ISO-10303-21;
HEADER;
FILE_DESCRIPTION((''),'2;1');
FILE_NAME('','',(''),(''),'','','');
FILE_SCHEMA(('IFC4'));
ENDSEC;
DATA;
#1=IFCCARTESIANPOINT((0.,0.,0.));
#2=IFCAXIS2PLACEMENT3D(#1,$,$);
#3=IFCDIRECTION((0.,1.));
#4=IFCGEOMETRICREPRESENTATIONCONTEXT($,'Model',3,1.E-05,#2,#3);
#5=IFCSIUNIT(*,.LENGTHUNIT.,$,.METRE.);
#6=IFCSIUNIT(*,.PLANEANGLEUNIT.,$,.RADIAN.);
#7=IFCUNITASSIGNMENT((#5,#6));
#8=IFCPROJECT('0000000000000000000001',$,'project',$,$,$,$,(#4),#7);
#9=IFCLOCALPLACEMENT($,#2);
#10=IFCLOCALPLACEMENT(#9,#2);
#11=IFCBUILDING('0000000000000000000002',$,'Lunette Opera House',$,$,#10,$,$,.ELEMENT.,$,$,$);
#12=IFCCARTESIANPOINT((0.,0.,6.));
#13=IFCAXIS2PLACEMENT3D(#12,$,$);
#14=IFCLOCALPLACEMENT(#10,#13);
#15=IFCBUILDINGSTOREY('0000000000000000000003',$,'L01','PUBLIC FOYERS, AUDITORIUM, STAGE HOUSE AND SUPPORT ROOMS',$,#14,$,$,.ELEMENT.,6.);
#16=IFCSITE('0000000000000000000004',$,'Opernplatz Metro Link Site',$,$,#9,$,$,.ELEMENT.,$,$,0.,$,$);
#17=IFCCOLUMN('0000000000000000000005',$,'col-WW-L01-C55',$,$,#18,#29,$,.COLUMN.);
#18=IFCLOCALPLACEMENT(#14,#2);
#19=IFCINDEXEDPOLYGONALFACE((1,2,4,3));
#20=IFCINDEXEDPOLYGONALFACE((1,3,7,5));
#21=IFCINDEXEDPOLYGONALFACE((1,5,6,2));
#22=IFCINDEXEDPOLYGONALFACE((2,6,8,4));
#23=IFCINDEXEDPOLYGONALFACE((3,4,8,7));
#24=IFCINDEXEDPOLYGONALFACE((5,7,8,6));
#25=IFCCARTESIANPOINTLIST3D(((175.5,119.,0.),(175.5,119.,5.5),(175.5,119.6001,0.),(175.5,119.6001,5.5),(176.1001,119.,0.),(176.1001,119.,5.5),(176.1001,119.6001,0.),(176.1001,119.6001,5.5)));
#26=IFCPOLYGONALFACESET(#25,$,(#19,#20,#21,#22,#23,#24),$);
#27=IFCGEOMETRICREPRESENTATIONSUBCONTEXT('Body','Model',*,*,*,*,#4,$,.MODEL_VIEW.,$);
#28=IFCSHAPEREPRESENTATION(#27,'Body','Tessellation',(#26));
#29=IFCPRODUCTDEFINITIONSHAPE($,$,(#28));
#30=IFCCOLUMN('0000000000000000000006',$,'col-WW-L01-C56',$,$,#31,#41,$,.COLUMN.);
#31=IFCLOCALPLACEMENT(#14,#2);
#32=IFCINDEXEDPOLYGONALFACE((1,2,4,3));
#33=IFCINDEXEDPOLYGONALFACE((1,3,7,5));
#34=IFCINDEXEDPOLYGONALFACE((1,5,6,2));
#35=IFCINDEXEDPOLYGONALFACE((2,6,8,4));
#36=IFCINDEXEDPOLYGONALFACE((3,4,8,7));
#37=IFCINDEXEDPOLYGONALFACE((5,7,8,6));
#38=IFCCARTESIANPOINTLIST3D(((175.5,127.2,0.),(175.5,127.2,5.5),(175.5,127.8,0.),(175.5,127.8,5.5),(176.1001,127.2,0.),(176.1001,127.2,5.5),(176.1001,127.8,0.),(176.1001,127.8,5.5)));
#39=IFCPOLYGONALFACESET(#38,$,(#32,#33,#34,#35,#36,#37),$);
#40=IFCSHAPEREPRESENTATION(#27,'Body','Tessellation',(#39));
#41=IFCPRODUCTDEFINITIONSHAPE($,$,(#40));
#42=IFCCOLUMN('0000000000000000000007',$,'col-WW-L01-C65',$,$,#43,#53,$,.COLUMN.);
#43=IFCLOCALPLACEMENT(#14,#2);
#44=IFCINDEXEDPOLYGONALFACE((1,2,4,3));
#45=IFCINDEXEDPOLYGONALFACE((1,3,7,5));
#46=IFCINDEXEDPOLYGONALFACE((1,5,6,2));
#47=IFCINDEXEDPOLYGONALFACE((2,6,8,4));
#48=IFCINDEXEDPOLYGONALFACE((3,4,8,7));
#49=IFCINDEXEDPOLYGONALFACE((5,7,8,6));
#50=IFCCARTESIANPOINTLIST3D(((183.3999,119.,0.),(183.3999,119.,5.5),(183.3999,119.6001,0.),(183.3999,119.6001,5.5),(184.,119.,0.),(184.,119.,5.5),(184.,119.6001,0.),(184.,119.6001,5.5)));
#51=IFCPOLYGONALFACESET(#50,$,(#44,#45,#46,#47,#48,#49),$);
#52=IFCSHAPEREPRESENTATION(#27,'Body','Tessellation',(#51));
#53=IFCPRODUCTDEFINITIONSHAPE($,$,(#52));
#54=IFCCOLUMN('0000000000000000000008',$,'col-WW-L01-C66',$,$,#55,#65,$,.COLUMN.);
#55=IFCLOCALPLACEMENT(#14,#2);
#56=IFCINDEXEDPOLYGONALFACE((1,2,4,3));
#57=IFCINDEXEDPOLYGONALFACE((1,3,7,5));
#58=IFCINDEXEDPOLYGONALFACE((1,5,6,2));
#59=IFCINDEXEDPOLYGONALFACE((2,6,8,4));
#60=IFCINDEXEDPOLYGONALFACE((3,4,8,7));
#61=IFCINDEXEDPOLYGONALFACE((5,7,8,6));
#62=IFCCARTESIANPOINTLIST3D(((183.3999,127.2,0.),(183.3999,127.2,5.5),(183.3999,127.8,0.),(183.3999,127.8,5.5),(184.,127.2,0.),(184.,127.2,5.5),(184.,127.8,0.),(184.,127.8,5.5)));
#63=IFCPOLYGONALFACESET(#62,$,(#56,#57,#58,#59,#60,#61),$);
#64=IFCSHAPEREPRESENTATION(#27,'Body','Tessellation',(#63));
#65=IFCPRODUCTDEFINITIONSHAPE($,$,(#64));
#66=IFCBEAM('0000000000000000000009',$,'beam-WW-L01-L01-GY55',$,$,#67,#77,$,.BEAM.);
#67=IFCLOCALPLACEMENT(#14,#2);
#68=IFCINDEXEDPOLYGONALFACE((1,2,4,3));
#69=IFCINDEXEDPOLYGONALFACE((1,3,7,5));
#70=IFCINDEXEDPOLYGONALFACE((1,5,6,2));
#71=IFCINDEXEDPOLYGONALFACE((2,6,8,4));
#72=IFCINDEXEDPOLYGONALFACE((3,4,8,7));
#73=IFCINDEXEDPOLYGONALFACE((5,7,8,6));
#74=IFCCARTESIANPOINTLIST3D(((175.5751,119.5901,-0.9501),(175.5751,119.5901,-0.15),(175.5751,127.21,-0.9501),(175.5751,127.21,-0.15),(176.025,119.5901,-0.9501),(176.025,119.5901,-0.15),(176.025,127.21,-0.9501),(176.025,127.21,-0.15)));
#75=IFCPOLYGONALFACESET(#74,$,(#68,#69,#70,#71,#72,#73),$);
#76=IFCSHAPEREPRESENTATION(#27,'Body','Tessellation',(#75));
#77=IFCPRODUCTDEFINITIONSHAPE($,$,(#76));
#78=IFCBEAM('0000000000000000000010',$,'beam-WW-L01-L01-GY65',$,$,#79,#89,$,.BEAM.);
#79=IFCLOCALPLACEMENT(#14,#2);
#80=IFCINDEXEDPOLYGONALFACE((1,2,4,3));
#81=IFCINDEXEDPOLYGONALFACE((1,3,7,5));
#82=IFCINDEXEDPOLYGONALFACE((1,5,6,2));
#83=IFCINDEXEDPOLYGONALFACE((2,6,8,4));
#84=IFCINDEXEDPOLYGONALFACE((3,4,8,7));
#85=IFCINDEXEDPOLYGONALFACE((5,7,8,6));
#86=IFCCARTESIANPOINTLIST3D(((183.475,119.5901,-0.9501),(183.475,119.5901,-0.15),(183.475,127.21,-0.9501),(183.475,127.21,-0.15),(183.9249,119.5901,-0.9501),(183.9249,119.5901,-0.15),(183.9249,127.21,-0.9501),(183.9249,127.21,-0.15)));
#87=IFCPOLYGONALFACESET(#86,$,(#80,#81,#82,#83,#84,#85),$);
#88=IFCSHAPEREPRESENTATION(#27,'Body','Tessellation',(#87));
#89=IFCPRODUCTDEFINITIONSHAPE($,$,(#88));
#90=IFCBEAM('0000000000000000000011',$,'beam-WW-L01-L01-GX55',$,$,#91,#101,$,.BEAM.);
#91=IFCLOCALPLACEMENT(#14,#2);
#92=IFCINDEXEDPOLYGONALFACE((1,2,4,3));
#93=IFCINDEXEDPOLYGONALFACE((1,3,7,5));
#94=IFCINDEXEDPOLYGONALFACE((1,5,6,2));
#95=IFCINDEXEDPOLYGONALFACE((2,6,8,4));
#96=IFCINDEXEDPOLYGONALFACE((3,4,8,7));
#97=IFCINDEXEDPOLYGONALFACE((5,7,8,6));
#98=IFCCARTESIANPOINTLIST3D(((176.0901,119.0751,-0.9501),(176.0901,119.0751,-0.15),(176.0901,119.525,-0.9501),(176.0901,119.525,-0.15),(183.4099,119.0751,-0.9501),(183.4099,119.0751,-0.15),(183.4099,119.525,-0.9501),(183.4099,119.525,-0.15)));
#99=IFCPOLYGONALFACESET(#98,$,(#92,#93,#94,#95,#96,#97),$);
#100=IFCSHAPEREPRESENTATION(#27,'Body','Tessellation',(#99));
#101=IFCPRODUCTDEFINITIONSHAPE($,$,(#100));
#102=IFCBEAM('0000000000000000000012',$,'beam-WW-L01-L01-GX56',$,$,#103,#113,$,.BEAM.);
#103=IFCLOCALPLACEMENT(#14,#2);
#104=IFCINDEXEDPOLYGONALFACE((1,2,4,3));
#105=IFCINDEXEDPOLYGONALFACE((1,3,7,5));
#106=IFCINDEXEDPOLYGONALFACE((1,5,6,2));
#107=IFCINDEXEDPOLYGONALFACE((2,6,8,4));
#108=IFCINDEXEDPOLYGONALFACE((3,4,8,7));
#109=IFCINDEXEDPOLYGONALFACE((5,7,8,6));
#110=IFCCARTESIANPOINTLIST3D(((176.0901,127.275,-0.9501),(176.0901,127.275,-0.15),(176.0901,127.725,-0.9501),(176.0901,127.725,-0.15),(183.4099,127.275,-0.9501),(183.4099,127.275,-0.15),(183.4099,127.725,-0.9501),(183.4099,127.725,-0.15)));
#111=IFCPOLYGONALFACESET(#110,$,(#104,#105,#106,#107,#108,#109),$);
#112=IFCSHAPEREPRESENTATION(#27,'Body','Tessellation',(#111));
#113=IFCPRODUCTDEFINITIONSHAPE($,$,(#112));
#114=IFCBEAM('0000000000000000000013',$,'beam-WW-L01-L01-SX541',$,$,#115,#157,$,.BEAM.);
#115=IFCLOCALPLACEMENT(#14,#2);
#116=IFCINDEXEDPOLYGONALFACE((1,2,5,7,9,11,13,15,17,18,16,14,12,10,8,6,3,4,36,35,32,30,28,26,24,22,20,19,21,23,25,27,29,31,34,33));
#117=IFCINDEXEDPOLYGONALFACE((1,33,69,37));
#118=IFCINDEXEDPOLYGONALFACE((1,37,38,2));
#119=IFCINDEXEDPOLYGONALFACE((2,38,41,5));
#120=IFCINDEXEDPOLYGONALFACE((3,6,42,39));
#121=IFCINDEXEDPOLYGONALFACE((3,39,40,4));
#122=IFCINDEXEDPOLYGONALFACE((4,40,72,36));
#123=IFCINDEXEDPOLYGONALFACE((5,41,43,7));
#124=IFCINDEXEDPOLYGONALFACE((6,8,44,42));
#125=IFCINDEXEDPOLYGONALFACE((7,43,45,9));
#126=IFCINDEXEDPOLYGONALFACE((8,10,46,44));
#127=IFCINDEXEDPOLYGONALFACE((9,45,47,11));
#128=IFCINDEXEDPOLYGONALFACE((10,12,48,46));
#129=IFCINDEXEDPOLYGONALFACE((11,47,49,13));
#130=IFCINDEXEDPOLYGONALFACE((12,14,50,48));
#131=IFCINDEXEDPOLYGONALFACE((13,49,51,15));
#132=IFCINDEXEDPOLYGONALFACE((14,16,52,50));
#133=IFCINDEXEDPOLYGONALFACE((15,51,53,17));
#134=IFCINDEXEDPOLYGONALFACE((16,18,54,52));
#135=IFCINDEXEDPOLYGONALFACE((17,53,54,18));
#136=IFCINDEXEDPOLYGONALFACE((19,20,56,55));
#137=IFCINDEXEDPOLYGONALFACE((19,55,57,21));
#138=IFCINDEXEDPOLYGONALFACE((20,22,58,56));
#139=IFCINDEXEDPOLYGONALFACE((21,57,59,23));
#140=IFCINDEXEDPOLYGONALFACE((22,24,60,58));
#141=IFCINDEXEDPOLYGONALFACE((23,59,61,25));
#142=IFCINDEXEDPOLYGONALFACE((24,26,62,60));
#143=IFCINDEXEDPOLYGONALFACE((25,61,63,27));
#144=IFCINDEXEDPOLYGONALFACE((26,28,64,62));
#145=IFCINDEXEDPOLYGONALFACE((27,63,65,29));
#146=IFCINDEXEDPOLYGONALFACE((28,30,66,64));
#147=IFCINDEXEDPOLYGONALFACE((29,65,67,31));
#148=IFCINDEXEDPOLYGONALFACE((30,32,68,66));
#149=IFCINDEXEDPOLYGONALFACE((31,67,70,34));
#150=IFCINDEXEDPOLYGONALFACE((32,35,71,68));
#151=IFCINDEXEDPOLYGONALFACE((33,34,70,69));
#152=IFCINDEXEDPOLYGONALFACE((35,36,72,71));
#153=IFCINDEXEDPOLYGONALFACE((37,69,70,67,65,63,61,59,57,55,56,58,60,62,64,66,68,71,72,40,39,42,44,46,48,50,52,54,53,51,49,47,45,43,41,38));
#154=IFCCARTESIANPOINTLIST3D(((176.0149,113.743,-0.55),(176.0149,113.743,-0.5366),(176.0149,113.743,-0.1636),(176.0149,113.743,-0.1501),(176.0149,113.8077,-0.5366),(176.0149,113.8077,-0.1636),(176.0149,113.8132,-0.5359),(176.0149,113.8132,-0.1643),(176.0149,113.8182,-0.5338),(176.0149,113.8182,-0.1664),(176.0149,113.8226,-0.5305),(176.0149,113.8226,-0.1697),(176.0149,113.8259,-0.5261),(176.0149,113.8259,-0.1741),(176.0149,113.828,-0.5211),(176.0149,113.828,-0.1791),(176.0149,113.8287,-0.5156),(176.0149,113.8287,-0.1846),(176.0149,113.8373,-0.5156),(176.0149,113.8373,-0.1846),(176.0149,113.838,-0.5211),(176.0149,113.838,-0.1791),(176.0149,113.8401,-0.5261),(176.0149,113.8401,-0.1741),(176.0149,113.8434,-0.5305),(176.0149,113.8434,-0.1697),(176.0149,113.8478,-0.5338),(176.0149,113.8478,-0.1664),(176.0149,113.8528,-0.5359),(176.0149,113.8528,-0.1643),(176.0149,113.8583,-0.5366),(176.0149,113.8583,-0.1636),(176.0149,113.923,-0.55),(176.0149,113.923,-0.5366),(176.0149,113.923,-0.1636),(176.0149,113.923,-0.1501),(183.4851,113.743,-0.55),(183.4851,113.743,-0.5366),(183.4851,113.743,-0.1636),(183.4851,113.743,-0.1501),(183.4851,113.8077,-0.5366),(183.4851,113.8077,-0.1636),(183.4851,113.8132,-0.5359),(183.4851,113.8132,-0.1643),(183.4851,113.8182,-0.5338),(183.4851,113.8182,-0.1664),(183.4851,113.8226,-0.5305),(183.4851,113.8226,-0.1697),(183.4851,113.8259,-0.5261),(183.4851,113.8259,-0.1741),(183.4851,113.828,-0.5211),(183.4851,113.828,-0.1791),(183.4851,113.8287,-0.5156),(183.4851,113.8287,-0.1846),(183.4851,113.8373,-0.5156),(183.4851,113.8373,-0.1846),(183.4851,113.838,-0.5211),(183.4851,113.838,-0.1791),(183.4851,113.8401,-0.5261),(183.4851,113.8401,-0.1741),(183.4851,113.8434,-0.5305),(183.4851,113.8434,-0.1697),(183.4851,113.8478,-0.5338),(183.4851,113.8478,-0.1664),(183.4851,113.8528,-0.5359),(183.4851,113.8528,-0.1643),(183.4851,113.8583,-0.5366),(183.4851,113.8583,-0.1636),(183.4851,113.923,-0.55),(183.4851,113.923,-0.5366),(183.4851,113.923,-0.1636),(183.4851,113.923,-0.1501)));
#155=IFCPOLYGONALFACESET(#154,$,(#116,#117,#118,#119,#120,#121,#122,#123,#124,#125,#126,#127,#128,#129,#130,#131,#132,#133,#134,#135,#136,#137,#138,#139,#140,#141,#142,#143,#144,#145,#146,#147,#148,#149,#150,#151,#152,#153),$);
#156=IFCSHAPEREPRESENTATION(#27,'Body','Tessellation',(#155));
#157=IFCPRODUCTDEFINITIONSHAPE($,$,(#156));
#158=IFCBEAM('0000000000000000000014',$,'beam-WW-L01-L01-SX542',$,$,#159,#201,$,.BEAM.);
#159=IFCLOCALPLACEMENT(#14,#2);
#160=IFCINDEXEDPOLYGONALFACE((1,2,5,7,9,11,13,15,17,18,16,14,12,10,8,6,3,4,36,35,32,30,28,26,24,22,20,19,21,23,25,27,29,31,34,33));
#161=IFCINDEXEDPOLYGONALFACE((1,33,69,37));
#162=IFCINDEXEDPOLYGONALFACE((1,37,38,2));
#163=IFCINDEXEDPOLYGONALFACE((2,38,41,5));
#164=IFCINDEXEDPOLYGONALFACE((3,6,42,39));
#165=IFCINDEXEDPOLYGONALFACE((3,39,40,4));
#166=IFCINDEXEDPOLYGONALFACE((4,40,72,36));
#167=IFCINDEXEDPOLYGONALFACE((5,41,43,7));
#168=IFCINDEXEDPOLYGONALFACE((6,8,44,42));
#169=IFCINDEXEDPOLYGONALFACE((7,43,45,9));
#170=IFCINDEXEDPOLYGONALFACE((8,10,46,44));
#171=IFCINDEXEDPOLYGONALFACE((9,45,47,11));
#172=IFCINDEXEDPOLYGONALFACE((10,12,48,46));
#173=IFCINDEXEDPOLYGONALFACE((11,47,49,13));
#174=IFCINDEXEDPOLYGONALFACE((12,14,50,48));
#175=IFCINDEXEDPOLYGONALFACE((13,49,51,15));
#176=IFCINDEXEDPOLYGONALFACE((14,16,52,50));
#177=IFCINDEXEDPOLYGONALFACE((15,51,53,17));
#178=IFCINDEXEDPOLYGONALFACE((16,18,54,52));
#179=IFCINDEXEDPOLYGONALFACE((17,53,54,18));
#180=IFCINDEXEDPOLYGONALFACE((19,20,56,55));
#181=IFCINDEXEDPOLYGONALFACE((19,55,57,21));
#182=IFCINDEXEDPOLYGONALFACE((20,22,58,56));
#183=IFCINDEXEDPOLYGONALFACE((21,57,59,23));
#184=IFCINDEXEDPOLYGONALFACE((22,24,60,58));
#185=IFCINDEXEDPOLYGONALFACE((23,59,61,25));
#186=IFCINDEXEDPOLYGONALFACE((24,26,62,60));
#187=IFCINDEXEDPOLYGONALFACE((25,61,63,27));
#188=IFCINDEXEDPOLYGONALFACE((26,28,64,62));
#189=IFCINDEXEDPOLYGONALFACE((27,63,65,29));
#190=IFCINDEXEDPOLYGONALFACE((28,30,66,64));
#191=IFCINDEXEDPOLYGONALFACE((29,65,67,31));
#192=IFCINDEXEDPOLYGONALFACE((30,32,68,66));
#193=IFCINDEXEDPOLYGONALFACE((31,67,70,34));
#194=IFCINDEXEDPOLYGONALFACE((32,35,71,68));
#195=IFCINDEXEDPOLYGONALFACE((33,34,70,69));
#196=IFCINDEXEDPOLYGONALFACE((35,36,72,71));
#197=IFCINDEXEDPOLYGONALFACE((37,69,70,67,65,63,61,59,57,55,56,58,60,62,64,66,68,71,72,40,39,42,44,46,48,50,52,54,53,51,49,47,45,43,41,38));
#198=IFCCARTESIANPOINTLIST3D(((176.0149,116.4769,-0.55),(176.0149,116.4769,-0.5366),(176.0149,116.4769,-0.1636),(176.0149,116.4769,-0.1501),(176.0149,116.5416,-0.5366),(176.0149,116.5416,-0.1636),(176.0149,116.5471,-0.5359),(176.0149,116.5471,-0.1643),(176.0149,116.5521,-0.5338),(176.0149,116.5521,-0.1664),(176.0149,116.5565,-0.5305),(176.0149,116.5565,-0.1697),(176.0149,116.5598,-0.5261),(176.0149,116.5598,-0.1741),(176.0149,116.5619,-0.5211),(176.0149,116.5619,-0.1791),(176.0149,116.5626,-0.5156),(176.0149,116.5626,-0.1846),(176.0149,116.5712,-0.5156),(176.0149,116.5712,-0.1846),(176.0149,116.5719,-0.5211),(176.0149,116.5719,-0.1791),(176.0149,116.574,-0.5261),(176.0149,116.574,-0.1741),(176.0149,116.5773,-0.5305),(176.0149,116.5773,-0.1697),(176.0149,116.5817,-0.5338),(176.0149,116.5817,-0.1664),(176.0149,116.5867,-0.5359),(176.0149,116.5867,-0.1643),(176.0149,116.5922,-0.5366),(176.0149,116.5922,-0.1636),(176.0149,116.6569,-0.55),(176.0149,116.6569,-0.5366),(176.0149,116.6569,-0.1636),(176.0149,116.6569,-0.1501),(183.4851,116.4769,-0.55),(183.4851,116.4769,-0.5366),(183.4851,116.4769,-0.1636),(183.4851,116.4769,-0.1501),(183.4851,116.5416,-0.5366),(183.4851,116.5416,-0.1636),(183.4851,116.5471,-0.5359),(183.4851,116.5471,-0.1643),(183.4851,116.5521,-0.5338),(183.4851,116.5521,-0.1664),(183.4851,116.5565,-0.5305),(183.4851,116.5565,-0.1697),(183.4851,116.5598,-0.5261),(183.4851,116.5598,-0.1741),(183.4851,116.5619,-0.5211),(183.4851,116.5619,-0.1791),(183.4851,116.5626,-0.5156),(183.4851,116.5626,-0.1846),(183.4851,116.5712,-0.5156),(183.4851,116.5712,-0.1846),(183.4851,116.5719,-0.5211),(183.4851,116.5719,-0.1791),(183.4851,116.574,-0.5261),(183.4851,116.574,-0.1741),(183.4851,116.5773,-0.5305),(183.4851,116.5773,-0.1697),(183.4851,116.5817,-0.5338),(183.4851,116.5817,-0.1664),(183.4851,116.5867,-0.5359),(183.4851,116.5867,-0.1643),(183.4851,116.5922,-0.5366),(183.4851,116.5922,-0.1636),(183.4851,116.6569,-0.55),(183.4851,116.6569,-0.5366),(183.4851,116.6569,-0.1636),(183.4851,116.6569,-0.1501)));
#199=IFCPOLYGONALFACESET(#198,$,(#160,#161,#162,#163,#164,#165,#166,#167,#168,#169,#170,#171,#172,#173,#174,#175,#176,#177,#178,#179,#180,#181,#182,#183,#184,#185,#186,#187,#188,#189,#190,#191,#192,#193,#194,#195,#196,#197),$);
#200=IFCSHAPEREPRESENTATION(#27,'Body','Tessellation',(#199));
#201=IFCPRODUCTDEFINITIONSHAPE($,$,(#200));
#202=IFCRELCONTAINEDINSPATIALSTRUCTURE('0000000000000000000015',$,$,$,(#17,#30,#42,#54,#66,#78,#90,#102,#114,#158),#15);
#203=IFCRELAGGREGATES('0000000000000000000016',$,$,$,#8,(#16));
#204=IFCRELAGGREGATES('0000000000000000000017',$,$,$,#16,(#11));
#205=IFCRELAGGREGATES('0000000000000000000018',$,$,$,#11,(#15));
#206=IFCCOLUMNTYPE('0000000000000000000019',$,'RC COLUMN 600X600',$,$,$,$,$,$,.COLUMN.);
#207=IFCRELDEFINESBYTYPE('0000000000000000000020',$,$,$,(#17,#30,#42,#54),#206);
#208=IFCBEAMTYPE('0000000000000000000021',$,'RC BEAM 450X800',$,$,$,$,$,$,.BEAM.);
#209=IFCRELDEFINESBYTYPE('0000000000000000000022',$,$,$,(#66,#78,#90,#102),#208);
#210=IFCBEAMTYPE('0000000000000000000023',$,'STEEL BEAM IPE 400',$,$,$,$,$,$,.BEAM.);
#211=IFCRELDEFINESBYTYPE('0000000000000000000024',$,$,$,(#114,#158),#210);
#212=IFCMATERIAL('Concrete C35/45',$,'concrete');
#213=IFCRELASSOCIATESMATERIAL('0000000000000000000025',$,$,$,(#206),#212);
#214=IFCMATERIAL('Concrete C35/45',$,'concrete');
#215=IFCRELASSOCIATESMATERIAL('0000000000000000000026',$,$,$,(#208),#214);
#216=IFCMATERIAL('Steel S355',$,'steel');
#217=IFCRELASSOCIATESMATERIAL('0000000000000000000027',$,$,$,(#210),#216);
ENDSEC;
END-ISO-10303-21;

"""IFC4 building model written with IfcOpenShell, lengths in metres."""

from ifc_helpers import new_model, si_unit, direction, frame, origin, origin_2d, place, context, subcontext, project, spatial, rectangle, i_section, extrude, material, material_profile, profile_set, type_object, element, save


model = new_model("IFC4")

# Units and contexts
model_context = context("Model", 3, precision=1e-05, world=origin(), true_north=direction((0.0, 1.0)))
body_context = subcontext(model_context, "Body", "Model", "MODEL_VIEW")
ifc_project = project(units=[si_unit("LENGTHUNIT", "METRE"), si_unit("PLANEANGLEUNIT", "RADIAN")], contexts=[model_context])

# Site, building, storey
site_placement = place(None, origin())
site = spatial("IfcSite", under=ifc_project, at=site_placement, Name="Opernplatz Metro Link Site", CompositionType="ELEMENT", RefElevation=0.0)
building_placement = place(site_placement, origin())
building = spatial("IfcBuilding", under=site, at=building_placement, Name="Lunette Opera House", CompositionType="ELEMENT")
storey_placement = place(building_placement, frame((0.0, 0.0, 6.0)))
storey = spatial("IfcBuildingStorey", under=building, at=storey_placement, Name="L01", Description="PUBLIC FOYERS, AUDITORIUM, STAGE HOUSE AND SUPPORT ROOMS", CompositionType="ELEMENT", Elevation=6.0)

# Columns
ifc_material_1 = material(Name="Concrete C35/45", Category="concrete")
ifc_material_profile_1 = material_profile(ifc_material_1, rectangle(XDim=0.6001, YDim=0.6001, at=origin_2d()), Name="RC COLUMN 600X600")
ifc_profile_set_1 = profile_set([ifc_material_profile_1], Name="Concrete C35/45")
column_type = type_object("IfcColumnType", Name="RC COLUMN 600X600", PredefinedType="COLUMN", material=ifc_profile_set_1)
for number, where, z_axis, x_axis, name in (
    (1, (175.8, 119.3, 0.0), (0.0, 0.0, 1.0), (1.0, 0.0, 0.0), "col-WW-L01-C55"),
    (2, (175.8, 127.5, 0.0), (0.0, 0.0, 1.0), (1.0, 0.0, 0.0), "col-WW-L01-C56"),
    (3, (183.7, 119.3, 0.0), (0.0, 0.0, 1.0), (1.0, 0.0, 0.0), "col-WW-L01-C65"),
    (4, (183.7, 127.5, 0.0), (0.0, 0.0, 1.0), (1.0, 0.0, 0.0), "col-WW-L01-C66"),
):
    element("IfcColumn", number, at=place(storey_placement, frame(where, z_axis=z_axis, x_axis=x_axis)), inside=storey, type_object=column_type, Name=name, PredefinedType="COLUMN", context=body_context, shape_type="SweptSolid", body=[
        extrude(rectangle(XDim=0.6001, YDim=0.6001, at=origin_2d()), origin(), (0.0, 0.0, 1.0), 5.5),
    ])

# Beams
ifc_material_2 = material(Name="Concrete C35/45", Category="concrete")
ifc_material_profile_2 = material_profile(ifc_material_2, rectangle(XDim=0.45, YDim=0.8, at=origin_2d()), Name="RC BEAM 450X800")
ifc_profile_set_2 = profile_set([ifc_material_profile_2], Name="Concrete C35/45")
beam_type_1 = type_object("IfcBeamType", Name="RC BEAM 450X800", PredefinedType="BEAM", material=ifc_profile_set_2)
for number, where, z_axis, x_axis, name in (
    (5, (175.8, 119.5901, -0.55), (0.0, 1.0, 0.0), (-1.0, 0.0, 0.0), "beam-WW-L01-L01-GY55"),
    (6, (183.7, 119.5901, -0.55), (0.0, 1.0, 0.0), (-1.0, 0.0, 0.0), "beam-WW-L01-L01-GY65"),
):
    element("IfcBeam", number, at=place(storey_placement, frame(where, z_axis=z_axis, x_axis=x_axis)), inside=storey, type_object=beam_type_1, Name=name, PredefinedType="BEAM", context=body_context, shape_type="SweptSolid", body=[
        extrude(rectangle(XDim=0.45, YDim=0.8, at=origin_2d()), origin(), (0.0, 0.0, 1.0), 7.6199),
    ])
for number, where, z_axis, x_axis, name in (
    (7, (176.0901, 119.3, -0.55), (1.0, 0.0, 0.0), (0.0, 1.0, 0.0), "beam-WW-L01-L01-GX55"),
    (8, (176.0901, 127.5, -0.55), (1.0, 0.0, 0.0), (0.0, 1.0, 0.0), "beam-WW-L01-L01-GX56"),
):
    element("IfcBeam", number, at=place(storey_placement, frame(where, z_axis=z_axis, x_axis=x_axis)), inside=storey, type_object=beam_type_1, Name=name, PredefinedType="BEAM", context=body_context, shape_type="SweptSolid", body=[
        extrude(rectangle(XDim=0.45, YDim=0.8, at=origin_2d()), origin(), (0.0, 0.0, 1.0), 7.3198),
    ])
ifc_material_3 = material(Name="Steel S355", Category="steel")
ifc_material_profile_3 = material_profile(ifc_material_3, i_section(OverallWidth=0.1799, OverallDepth=0.3999, WebThickness=0.0085, FlangeThickness=0.0134, FilletRadius=0.021, at=origin_2d()), Name="IPE 400")
ifc_profile_set_3 = profile_set([ifc_material_profile_3], Name="Steel S355")
beam_type_2 = type_object("IfcBeamType", Name="STEEL BEAM IPE 400", PredefinedType="BEAM", material=ifc_profile_set_3)
for number, where, z_axis, x_axis, name in (
    (9, (176.0149, 113.833, -0.3501), (1.0, 0.0, 0.0), (0.0, 1.0, 0.0), "beam-WW-L01-L01-SX541"),
    (10, (176.0149, 116.5669, -0.3501), (1.0, 0.0, 0.0), (0.0, 1.0, 0.0), "beam-WW-L01-L01-SX542"),
):
    element("IfcBeam", number, at=place(storey_placement, frame(where, z_axis=z_axis, x_axis=x_axis)), inside=storey, type_object=beam_type_2, Name=name, PredefinedType="BEAM", context=body_context, shape_type="SweptSolid", body=[
        extrude(i_section(OverallWidth=0.1799, OverallDepth=0.3999, WebThickness=0.0085, FlangeThickness=0.0134, FilletRadius=0.021, at=origin_2d()), origin(), (0.0, 0.0, 1.0), 7.4702),
    ])

save(model, "model.ifc")
